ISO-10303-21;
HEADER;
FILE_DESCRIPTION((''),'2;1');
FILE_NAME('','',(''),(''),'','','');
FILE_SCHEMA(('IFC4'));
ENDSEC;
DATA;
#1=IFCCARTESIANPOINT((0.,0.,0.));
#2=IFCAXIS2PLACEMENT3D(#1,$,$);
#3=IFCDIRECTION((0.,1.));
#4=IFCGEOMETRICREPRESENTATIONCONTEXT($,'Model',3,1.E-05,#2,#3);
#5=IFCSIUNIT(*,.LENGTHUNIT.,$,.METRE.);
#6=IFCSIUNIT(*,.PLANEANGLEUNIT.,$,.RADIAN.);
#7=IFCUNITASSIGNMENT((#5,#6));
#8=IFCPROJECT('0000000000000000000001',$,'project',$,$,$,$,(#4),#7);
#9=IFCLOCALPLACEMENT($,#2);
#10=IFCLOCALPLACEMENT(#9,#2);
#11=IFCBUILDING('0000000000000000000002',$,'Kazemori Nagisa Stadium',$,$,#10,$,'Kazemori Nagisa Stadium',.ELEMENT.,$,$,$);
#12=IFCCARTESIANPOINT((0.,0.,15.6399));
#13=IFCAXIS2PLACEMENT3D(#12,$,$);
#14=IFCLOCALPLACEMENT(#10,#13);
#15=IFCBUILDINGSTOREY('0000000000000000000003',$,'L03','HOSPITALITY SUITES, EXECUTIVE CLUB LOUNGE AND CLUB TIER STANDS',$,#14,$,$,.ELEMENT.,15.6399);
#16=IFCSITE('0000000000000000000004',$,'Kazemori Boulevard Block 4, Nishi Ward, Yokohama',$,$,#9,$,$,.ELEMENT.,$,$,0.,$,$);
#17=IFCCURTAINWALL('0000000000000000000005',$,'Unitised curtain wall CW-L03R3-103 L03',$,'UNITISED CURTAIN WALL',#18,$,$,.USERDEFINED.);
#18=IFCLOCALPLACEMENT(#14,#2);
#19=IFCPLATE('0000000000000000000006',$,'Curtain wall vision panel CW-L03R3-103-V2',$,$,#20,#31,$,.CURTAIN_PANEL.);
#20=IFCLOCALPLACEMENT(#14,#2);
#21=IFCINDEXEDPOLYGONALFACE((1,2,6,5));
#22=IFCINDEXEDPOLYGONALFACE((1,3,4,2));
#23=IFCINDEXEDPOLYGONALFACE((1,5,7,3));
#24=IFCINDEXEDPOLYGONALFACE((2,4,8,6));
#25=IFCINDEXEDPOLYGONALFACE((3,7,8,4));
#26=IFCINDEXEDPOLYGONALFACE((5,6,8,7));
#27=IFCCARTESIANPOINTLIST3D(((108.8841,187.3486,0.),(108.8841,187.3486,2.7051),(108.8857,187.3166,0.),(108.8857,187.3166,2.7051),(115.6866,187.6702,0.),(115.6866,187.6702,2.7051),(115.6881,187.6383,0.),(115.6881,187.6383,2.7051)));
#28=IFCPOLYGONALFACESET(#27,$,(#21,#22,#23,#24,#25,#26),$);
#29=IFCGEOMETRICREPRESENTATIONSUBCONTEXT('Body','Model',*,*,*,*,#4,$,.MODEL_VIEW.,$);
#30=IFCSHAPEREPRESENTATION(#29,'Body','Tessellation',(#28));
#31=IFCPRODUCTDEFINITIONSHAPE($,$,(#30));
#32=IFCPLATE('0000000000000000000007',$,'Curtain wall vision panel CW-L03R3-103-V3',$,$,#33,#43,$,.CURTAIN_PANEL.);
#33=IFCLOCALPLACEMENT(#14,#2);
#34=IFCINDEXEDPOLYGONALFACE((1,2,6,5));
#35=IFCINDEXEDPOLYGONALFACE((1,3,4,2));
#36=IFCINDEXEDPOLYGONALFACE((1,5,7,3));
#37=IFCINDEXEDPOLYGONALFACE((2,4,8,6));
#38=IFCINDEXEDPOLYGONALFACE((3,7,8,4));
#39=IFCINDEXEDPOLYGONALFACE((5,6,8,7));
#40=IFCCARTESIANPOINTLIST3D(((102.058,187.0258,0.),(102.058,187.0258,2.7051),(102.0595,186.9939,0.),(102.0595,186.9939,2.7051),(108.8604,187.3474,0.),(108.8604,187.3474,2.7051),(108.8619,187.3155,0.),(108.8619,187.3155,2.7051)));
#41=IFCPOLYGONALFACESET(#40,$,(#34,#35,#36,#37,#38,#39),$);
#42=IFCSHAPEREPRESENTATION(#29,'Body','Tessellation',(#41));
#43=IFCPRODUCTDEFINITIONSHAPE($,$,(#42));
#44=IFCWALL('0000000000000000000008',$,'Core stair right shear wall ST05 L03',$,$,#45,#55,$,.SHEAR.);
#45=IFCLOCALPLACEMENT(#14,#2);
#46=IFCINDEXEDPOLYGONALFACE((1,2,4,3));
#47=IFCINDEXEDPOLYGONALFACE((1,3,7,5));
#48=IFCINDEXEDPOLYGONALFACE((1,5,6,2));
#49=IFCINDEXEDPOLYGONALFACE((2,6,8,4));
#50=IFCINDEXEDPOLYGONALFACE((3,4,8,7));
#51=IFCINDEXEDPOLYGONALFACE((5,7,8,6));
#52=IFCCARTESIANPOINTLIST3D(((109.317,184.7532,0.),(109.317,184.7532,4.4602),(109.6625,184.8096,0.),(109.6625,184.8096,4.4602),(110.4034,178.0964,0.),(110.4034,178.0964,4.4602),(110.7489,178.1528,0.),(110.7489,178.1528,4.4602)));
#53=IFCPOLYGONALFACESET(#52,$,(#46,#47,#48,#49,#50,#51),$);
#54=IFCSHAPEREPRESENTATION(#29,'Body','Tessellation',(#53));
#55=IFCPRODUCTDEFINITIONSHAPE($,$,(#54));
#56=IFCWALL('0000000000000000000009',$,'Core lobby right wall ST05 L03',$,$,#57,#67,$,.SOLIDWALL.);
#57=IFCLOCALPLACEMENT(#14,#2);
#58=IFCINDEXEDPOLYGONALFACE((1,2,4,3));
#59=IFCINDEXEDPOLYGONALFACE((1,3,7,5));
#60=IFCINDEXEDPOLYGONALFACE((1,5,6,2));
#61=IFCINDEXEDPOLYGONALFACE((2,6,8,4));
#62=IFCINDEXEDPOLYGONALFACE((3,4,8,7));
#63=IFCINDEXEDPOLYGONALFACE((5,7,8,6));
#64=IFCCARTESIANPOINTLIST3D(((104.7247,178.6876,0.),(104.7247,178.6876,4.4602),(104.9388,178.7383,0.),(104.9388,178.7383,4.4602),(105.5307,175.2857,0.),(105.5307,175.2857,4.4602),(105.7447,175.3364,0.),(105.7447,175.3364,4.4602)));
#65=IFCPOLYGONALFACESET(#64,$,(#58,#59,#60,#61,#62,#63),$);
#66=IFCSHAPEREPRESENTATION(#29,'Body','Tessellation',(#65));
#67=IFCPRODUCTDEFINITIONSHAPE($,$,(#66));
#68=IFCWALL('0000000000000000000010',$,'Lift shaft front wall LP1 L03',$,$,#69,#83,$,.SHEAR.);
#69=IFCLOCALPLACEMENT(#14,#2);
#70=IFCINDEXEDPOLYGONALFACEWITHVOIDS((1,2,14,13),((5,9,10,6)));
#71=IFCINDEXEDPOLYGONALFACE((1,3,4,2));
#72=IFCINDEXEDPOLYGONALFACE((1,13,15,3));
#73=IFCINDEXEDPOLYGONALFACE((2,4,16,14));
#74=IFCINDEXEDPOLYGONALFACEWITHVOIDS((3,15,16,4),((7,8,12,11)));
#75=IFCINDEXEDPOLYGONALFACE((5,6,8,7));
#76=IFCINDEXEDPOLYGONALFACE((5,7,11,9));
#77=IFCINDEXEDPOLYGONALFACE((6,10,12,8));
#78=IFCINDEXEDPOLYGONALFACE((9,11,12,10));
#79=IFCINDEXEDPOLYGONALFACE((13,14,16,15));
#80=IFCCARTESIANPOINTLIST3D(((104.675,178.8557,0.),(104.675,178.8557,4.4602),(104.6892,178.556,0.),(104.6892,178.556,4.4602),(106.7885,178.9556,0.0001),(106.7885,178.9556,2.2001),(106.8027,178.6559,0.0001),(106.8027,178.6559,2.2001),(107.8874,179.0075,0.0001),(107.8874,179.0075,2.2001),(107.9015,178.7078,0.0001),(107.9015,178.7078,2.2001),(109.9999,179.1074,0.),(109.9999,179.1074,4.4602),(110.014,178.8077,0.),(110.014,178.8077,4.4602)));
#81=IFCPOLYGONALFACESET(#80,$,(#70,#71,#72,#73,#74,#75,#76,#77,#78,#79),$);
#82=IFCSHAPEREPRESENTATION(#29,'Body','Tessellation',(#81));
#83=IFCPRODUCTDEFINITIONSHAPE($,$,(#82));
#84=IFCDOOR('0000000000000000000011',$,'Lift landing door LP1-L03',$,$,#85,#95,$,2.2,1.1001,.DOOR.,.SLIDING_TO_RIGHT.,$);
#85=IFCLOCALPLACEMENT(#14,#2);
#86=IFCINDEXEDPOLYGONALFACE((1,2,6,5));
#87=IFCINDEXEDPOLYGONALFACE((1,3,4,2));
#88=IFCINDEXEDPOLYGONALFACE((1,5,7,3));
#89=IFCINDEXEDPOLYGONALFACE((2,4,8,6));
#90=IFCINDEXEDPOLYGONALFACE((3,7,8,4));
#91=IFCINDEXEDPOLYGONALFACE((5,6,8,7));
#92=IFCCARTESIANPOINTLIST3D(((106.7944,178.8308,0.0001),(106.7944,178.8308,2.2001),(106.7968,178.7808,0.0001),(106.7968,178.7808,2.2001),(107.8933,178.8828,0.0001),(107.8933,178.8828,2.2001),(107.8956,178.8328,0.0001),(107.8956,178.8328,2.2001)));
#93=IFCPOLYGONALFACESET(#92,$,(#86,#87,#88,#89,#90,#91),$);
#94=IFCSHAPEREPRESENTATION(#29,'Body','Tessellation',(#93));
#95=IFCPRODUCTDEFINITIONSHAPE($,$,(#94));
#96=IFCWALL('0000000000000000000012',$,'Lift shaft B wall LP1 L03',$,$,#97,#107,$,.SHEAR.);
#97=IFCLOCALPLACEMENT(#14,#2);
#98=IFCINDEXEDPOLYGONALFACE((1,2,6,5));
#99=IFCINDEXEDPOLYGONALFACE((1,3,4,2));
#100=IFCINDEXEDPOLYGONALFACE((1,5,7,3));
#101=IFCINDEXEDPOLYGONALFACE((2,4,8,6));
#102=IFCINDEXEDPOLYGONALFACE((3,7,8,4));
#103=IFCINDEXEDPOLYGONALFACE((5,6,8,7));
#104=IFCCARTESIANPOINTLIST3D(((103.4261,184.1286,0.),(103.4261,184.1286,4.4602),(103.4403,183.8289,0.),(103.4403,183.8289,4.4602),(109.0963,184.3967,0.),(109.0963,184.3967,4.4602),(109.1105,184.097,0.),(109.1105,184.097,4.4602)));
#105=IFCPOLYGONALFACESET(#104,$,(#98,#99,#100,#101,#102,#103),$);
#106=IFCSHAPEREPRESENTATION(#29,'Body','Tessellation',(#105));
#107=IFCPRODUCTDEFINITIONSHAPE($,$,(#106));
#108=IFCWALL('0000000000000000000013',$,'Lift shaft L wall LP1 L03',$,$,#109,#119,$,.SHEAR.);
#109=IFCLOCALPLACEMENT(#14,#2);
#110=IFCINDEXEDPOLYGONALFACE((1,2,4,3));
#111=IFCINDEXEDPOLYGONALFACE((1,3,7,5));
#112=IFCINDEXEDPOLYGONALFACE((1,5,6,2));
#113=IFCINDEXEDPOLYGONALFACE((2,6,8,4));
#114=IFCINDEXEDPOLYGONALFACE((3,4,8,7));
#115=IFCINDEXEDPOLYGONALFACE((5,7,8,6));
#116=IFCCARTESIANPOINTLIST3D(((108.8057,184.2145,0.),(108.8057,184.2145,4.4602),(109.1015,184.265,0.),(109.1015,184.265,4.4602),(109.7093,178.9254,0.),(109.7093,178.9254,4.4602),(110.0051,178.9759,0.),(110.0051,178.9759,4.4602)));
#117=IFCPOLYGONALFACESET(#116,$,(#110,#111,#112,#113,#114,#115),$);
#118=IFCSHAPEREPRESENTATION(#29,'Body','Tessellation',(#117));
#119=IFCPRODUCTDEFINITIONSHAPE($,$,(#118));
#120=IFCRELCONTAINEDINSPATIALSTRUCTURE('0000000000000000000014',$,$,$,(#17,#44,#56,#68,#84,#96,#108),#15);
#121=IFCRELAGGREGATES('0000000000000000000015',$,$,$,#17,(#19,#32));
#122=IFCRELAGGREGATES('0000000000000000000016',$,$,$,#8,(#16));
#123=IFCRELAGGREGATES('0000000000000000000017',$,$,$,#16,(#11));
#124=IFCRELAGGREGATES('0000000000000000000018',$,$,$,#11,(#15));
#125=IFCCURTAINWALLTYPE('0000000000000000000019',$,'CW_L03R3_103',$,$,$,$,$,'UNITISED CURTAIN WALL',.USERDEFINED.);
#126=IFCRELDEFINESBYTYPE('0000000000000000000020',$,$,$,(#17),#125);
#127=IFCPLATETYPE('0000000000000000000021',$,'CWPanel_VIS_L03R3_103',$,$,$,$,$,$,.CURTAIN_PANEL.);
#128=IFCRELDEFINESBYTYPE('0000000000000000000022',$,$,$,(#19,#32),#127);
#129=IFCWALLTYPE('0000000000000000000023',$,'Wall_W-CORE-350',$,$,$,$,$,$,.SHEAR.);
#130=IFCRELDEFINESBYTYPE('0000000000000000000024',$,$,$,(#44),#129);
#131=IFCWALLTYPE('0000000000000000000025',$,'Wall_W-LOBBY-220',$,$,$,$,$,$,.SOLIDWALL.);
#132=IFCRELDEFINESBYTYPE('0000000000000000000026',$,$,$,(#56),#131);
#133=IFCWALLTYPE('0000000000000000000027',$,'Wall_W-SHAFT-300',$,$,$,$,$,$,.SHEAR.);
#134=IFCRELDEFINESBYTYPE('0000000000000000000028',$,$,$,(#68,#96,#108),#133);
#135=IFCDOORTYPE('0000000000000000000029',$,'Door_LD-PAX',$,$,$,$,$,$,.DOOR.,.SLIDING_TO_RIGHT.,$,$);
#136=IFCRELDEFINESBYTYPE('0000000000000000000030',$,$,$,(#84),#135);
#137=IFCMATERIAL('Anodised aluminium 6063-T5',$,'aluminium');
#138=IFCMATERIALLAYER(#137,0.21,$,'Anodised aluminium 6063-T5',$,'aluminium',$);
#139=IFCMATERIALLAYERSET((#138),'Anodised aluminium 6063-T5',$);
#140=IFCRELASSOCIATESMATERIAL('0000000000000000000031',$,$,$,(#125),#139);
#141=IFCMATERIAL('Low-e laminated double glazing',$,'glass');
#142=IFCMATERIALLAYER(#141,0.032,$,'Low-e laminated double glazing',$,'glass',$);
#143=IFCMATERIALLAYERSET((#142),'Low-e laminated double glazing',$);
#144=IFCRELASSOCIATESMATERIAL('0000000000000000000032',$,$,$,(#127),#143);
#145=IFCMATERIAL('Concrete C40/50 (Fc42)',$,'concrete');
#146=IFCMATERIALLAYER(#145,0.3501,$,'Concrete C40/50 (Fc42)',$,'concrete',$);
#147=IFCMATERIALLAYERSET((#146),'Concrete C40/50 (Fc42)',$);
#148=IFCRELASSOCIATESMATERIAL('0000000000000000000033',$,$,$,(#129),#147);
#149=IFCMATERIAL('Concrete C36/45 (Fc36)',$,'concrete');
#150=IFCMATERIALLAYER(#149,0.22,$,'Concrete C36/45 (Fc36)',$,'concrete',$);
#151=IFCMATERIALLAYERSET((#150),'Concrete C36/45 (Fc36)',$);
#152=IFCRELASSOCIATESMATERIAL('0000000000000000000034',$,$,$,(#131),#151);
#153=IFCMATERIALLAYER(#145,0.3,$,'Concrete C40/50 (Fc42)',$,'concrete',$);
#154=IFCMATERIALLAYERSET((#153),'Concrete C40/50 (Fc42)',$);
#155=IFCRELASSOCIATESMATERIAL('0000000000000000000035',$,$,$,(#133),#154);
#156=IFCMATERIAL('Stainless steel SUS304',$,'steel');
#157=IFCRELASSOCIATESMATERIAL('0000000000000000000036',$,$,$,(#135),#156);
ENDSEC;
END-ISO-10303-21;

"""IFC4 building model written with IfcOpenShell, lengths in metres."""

from ifc_helpers import new_model, si_unit, direction, frame, frame_2d, origin, origin_2d, place, context, subcontext, project, spatial, rectangle, extrude, material, layer, layer_set, type_object, element, fill, aggregate, save


model = new_model("IFC4")

# Units and contexts
model_context = context("Model", 3, precision=1e-05, world=origin(), true_north=direction((0.0, 1.0)))
body_context = subcontext(model_context, "Body", "Model", "MODEL_VIEW")
ifc_project = project(units=[si_unit("LENGTHUNIT", "METRE"), si_unit("PLANEANGLEUNIT", "RADIAN")], contexts=[model_context])

# Site, building, storey
site_placement = place(None, origin())
site = spatial("IfcSite", under=ifc_project, at=site_placement, Name="Kazemori Boulevard Block 4, Nishi Ward, Yokohama", CompositionType="ELEMENT", RefElevation=0.0)
building_placement = place(site_placement, origin())
building = spatial("IfcBuilding", under=site, at=building_placement, Name="Kazemori Nagisa Stadium", LongName="Kazemori Nagisa Stadium", CompositionType="ELEMENT")
storey_placement = place(building_placement, frame((0.0, 0.0, 15.6399)))
storey = spatial("IfcBuildingStorey", under=building, at=storey_placement, Name="L03", Description="HOSPITALITY SUITES, EXECUTIVE CLUB LOUNGE AND CLUB TIER STANDS", CompositionType="ELEMENT", Elevation=15.6399)

# Shared definitions
ifc_material_1 = material(Name="Concrete C40/50 (Fc42)", Category="concrete")

# Curtain wall, plates
ifc_material_2 = material(Name="Anodised aluminium 6063-T5", Category="aluminium")
ifc_layer_1 = layer(ifc_material_2, 0.21, Name="Anodised aluminium 6063-T5", Category="aluminium")
ifc_layer_set_1 = layer_set([ifc_layer_1], Name="Anodised aluminium 6063-T5")
curtain_wall_type = type_object("IfcCurtainWallType", Name="CW_L03R3_103", ElementType="UNITISED CURTAIN WALL", PredefinedType="USERDEFINED", material=ifc_layer_set_1)
curtain_wall_placement = place(storey_placement, origin())
curtain_wall = element("IfcCurtainWall", 1, at=curtain_wall_placement, inside=storey, type_object=curtain_wall_type, Name="Unitised curtain wall CW-L03R3-103 L03", ObjectType="UNITISED CURTAIN WALL", PredefinedType="USERDEFINED")
ifc_material_3 = material(Name="Low-e laminated double glazing", Category="glass")
ifc_layer_2 = layer(ifc_material_3, 0.032, Name="Low-e laminated double glazing", Category="glass")
ifc_layer_set_2 = layer_set([ifc_layer_2], Name="Low-e laminated double glazing")
plate_type_1 = type_object("IfcPlateType", Name="CWPanel_VIS_L03R3_103", PredefinedType="CURTAIN_PANEL", material=ifc_layer_set_2)
plate_1_placement = place(storey_placement, frame((112.2861, 187.4934, 0.0), z_axis=(0.0, 0.0, 1.0), x_axis=(-0.998884, -0.04723, 0.0)))
plate_1 = element("IfcPlate", 2, at=plate_1_placement, type_object=plate_type_1, Name="Curtain wall vision panel CW-L03R3-103-V2", PredefinedType="CURTAIN_PANEL", context=body_context, shape_type="SweptSolid", body=[
    extrude(rectangle(XDim=6.8101, YDim=0.032, at=origin_2d()), origin(), (0.0, 0.0, 1.0), 2.7051),
])
plate_2_placement = place(storey_placement, frame((105.46, 187.1707, 0.0), z_axis=(0.0, 0.0, 1.0), x_axis=(-0.998884, -0.04723, 0.0)))
plate_2 = element("IfcPlate", 3, at=plate_2_placement, type_object=plate_type_1, Name="Curtain wall vision panel CW-L03R3-103-V3", PredefinedType="CURTAIN_PANEL", context=body_context, shape_type="SweptSolid", body=[
    extrude(rectangle(XDim=6.8101, YDim=0.032, at=origin_2d()), origin(), (0.0, 0.0, 1.0), 2.7051),
])
aggregate(curtain_wall, [plate_1, plate_2])

# Walls
ifc_layer_3 = layer(ifc_material_1, 0.3501, Name="Concrete C40/50 (Fc42)", Category="concrete")
ifc_layer_set_3 = layer_set([ifc_layer_3], Name="Concrete C40/50 (Fc42)")
wall_type_1 = type_object("IfcWallType", Name="Wall_W-CORE-350", PredefinedType="SHEAR", material=ifc_layer_set_3)
wall_1_placement = place(storey_placement, frame((110.5762, 178.1245, 0.0), z_axis=(0.0, 0.0, 1.0), x_axis=(-0.161076, 0.986942, 0.0)))
element("IfcWall", 4, at=wall_1_placement, inside=storey, type_object=wall_type_1, Name="Core stair right shear wall ST05 L03", PredefinedType="SHEAR", context=body_context, shape_type="SweptSolid", body=[
    extrude(rectangle(XDim=6.7449, YDim=0.3501, at=frame_2d((3.3726, 0.0))), origin(), (0.0, 0.0, 1.0), 4.4602),
])
ifc_material_4 = material(Name="Concrete C36/45 (Fc36)", Category="concrete")
ifc_layer_4 = layer(ifc_material_4, 0.22, Name="Concrete C36/45 (Fc36)", Category="concrete")
ifc_layer_set_4 = layer_set([ifc_layer_4], Name="Concrete C36/45 (Fc36)")
wall_type_2 = type_object("IfcWallType", Name="Wall_W-LOBBY-220", PredefinedType="SOLIDWALL", material=ifc_layer_set_4)
wall_2_placement = place(storey_placement, frame((105.6377, 175.311, 0.0), z_axis=(0.0, 0.0, 1.0), x_axis=(-0.230522, 0.973067, 0.0)))
element("IfcWall", 5, at=wall_2_placement, inside=storey, type_object=wall_type_2, Name="Core lobby right wall ST05 L03", PredefinedType="SOLIDWALL", context=body_context, shape_type="SweptSolid", body=[
    extrude(rectangle(XDim=3.4961, YDim=0.22, at=frame_2d((1.748, 0.0))), origin(), (0.0, 0.0, 1.0), 4.4602),
])

# Wall, opening, door
ifc_layer_5 = layer(ifc_material_1, 0.3, Name="Concrete C40/50 (Fc42)", Category="concrete")
ifc_layer_set_5 = layer_set([ifc_layer_5], Name="Concrete C40/50 (Fc42)")
wall_type_3 = type_object("IfcWallType", Name="Wall_W-SHAFT-300", PredefinedType="SHEAR", material=ifc_layer_set_5)
wall_3_placement = place(storey_placement, frame((110.0071, 178.9575, 0.0), z_axis=(0.0, 0.0, 1.0), x_axis=(-0.998885, -0.047217, 0.0)))
wall_3 = element("IfcWall", 6, at=wall_3_placement, inside=storey, type_object=wall_type_3, Name="Lift shaft front wall LP1 L03", PredefinedType="SHEAR", context=body_context, shape_type="SweptSolid", body=[
    extrude(rectangle(XDim=5.3308, YDim=0.3, at=frame_2d((2.6655, 0.0))), origin(), (0.0, 0.0, 1.0), 4.4602),
])
opening_placement = place(wall_3_placement, frame((2.115, 0.0, 0.0)))
opening = element("IfcOpeningElement", 7, at=opening_placement, cuts=wall_3, PredefinedType="OPENING", context=body_context, shape_type="SweptSolid", body=[
    extrude(rectangle(XDim=1.1001, YDim=2.2, at=frame_2d((0.55, 1.1001))), frame((0.0, 0.1599, 0.0), z_axis=(0.0, -1.0, 0.0), x_axis=(1.0, 0.0, 0.0)), (0.0, 0.0, 1.0), 0.3201),
])
ifc_material_5 = material(Name="Stainless steel SUS304", Category="steel")
door_type = type_object("IfcDoorType", Name="Door_LD-PAX", OperationType="SLIDING_TO_RIGHT", PredefinedType="DOOR", material=ifc_material_5)
door_placement = place(opening_placement, origin())
door = element("IfcDoor", 8, at=door_placement, inside=storey, type_object=door_type, Name="Lift landing door LP1-L03", OperationType="SLIDING_TO_RIGHT", OverallHeight=2.2, OverallWidth=1.1001, PredefinedType="DOOR", context=body_context, shape_type="SweptSolid", body=[
    extrude(rectangle(XDim=1.1001, YDim=2.2, at=frame_2d((0.55, 1.1001))), frame((0.0, 0.0249, 0.0), z_axis=(0.0, -1.0, 0.0), x_axis=(1.0, 0.0, 0.0)), (0.0, 0.0, 1.0), 0.05),
])
fill(opening, door)

# Walls
wall_4_placement = place(storey_placement, frame((109.1035, 184.2468, 0.0), z_axis=(0.0, 0.0, 1.0), x_axis=(-0.998884, -0.047224, 0.0)))
element("IfcWall", 9, at=wall_4_placement, inside=storey, type_object=wall_type_3, Name="Lift shaft B wall LP1 L03", PredefinedType="SHEAR", context=body_context, shape_type="SweptSolid", body=[
    extrude(rectangle(XDim=5.6765, YDim=0.3, at=frame_2d((2.8384, 0.0))), origin(), (0.0, 0.0, 1.0), 4.4602),
])
wall_5_placement = place(storey_placement, frame((109.8572, 178.9507, 0.0), z_axis=(0.0, 0.0, 1.0), x_axis=(-0.168397, 0.985719, 0.0)))
element("IfcWall", 10, at=wall_5_placement, inside=storey, type_object=wall_type_3, Name="Lift shaft L wall LP1 L03", PredefinedType="SHEAR", context=body_context, shape_type="SweptSolid", body=[
    extrude(rectangle(XDim=5.3657, YDim=0.3, at=frame_2d((2.6829, 0.0))), origin(), (0.0, 0.0, 1.0), 4.4602),
])

save(model, "model.ifc")
